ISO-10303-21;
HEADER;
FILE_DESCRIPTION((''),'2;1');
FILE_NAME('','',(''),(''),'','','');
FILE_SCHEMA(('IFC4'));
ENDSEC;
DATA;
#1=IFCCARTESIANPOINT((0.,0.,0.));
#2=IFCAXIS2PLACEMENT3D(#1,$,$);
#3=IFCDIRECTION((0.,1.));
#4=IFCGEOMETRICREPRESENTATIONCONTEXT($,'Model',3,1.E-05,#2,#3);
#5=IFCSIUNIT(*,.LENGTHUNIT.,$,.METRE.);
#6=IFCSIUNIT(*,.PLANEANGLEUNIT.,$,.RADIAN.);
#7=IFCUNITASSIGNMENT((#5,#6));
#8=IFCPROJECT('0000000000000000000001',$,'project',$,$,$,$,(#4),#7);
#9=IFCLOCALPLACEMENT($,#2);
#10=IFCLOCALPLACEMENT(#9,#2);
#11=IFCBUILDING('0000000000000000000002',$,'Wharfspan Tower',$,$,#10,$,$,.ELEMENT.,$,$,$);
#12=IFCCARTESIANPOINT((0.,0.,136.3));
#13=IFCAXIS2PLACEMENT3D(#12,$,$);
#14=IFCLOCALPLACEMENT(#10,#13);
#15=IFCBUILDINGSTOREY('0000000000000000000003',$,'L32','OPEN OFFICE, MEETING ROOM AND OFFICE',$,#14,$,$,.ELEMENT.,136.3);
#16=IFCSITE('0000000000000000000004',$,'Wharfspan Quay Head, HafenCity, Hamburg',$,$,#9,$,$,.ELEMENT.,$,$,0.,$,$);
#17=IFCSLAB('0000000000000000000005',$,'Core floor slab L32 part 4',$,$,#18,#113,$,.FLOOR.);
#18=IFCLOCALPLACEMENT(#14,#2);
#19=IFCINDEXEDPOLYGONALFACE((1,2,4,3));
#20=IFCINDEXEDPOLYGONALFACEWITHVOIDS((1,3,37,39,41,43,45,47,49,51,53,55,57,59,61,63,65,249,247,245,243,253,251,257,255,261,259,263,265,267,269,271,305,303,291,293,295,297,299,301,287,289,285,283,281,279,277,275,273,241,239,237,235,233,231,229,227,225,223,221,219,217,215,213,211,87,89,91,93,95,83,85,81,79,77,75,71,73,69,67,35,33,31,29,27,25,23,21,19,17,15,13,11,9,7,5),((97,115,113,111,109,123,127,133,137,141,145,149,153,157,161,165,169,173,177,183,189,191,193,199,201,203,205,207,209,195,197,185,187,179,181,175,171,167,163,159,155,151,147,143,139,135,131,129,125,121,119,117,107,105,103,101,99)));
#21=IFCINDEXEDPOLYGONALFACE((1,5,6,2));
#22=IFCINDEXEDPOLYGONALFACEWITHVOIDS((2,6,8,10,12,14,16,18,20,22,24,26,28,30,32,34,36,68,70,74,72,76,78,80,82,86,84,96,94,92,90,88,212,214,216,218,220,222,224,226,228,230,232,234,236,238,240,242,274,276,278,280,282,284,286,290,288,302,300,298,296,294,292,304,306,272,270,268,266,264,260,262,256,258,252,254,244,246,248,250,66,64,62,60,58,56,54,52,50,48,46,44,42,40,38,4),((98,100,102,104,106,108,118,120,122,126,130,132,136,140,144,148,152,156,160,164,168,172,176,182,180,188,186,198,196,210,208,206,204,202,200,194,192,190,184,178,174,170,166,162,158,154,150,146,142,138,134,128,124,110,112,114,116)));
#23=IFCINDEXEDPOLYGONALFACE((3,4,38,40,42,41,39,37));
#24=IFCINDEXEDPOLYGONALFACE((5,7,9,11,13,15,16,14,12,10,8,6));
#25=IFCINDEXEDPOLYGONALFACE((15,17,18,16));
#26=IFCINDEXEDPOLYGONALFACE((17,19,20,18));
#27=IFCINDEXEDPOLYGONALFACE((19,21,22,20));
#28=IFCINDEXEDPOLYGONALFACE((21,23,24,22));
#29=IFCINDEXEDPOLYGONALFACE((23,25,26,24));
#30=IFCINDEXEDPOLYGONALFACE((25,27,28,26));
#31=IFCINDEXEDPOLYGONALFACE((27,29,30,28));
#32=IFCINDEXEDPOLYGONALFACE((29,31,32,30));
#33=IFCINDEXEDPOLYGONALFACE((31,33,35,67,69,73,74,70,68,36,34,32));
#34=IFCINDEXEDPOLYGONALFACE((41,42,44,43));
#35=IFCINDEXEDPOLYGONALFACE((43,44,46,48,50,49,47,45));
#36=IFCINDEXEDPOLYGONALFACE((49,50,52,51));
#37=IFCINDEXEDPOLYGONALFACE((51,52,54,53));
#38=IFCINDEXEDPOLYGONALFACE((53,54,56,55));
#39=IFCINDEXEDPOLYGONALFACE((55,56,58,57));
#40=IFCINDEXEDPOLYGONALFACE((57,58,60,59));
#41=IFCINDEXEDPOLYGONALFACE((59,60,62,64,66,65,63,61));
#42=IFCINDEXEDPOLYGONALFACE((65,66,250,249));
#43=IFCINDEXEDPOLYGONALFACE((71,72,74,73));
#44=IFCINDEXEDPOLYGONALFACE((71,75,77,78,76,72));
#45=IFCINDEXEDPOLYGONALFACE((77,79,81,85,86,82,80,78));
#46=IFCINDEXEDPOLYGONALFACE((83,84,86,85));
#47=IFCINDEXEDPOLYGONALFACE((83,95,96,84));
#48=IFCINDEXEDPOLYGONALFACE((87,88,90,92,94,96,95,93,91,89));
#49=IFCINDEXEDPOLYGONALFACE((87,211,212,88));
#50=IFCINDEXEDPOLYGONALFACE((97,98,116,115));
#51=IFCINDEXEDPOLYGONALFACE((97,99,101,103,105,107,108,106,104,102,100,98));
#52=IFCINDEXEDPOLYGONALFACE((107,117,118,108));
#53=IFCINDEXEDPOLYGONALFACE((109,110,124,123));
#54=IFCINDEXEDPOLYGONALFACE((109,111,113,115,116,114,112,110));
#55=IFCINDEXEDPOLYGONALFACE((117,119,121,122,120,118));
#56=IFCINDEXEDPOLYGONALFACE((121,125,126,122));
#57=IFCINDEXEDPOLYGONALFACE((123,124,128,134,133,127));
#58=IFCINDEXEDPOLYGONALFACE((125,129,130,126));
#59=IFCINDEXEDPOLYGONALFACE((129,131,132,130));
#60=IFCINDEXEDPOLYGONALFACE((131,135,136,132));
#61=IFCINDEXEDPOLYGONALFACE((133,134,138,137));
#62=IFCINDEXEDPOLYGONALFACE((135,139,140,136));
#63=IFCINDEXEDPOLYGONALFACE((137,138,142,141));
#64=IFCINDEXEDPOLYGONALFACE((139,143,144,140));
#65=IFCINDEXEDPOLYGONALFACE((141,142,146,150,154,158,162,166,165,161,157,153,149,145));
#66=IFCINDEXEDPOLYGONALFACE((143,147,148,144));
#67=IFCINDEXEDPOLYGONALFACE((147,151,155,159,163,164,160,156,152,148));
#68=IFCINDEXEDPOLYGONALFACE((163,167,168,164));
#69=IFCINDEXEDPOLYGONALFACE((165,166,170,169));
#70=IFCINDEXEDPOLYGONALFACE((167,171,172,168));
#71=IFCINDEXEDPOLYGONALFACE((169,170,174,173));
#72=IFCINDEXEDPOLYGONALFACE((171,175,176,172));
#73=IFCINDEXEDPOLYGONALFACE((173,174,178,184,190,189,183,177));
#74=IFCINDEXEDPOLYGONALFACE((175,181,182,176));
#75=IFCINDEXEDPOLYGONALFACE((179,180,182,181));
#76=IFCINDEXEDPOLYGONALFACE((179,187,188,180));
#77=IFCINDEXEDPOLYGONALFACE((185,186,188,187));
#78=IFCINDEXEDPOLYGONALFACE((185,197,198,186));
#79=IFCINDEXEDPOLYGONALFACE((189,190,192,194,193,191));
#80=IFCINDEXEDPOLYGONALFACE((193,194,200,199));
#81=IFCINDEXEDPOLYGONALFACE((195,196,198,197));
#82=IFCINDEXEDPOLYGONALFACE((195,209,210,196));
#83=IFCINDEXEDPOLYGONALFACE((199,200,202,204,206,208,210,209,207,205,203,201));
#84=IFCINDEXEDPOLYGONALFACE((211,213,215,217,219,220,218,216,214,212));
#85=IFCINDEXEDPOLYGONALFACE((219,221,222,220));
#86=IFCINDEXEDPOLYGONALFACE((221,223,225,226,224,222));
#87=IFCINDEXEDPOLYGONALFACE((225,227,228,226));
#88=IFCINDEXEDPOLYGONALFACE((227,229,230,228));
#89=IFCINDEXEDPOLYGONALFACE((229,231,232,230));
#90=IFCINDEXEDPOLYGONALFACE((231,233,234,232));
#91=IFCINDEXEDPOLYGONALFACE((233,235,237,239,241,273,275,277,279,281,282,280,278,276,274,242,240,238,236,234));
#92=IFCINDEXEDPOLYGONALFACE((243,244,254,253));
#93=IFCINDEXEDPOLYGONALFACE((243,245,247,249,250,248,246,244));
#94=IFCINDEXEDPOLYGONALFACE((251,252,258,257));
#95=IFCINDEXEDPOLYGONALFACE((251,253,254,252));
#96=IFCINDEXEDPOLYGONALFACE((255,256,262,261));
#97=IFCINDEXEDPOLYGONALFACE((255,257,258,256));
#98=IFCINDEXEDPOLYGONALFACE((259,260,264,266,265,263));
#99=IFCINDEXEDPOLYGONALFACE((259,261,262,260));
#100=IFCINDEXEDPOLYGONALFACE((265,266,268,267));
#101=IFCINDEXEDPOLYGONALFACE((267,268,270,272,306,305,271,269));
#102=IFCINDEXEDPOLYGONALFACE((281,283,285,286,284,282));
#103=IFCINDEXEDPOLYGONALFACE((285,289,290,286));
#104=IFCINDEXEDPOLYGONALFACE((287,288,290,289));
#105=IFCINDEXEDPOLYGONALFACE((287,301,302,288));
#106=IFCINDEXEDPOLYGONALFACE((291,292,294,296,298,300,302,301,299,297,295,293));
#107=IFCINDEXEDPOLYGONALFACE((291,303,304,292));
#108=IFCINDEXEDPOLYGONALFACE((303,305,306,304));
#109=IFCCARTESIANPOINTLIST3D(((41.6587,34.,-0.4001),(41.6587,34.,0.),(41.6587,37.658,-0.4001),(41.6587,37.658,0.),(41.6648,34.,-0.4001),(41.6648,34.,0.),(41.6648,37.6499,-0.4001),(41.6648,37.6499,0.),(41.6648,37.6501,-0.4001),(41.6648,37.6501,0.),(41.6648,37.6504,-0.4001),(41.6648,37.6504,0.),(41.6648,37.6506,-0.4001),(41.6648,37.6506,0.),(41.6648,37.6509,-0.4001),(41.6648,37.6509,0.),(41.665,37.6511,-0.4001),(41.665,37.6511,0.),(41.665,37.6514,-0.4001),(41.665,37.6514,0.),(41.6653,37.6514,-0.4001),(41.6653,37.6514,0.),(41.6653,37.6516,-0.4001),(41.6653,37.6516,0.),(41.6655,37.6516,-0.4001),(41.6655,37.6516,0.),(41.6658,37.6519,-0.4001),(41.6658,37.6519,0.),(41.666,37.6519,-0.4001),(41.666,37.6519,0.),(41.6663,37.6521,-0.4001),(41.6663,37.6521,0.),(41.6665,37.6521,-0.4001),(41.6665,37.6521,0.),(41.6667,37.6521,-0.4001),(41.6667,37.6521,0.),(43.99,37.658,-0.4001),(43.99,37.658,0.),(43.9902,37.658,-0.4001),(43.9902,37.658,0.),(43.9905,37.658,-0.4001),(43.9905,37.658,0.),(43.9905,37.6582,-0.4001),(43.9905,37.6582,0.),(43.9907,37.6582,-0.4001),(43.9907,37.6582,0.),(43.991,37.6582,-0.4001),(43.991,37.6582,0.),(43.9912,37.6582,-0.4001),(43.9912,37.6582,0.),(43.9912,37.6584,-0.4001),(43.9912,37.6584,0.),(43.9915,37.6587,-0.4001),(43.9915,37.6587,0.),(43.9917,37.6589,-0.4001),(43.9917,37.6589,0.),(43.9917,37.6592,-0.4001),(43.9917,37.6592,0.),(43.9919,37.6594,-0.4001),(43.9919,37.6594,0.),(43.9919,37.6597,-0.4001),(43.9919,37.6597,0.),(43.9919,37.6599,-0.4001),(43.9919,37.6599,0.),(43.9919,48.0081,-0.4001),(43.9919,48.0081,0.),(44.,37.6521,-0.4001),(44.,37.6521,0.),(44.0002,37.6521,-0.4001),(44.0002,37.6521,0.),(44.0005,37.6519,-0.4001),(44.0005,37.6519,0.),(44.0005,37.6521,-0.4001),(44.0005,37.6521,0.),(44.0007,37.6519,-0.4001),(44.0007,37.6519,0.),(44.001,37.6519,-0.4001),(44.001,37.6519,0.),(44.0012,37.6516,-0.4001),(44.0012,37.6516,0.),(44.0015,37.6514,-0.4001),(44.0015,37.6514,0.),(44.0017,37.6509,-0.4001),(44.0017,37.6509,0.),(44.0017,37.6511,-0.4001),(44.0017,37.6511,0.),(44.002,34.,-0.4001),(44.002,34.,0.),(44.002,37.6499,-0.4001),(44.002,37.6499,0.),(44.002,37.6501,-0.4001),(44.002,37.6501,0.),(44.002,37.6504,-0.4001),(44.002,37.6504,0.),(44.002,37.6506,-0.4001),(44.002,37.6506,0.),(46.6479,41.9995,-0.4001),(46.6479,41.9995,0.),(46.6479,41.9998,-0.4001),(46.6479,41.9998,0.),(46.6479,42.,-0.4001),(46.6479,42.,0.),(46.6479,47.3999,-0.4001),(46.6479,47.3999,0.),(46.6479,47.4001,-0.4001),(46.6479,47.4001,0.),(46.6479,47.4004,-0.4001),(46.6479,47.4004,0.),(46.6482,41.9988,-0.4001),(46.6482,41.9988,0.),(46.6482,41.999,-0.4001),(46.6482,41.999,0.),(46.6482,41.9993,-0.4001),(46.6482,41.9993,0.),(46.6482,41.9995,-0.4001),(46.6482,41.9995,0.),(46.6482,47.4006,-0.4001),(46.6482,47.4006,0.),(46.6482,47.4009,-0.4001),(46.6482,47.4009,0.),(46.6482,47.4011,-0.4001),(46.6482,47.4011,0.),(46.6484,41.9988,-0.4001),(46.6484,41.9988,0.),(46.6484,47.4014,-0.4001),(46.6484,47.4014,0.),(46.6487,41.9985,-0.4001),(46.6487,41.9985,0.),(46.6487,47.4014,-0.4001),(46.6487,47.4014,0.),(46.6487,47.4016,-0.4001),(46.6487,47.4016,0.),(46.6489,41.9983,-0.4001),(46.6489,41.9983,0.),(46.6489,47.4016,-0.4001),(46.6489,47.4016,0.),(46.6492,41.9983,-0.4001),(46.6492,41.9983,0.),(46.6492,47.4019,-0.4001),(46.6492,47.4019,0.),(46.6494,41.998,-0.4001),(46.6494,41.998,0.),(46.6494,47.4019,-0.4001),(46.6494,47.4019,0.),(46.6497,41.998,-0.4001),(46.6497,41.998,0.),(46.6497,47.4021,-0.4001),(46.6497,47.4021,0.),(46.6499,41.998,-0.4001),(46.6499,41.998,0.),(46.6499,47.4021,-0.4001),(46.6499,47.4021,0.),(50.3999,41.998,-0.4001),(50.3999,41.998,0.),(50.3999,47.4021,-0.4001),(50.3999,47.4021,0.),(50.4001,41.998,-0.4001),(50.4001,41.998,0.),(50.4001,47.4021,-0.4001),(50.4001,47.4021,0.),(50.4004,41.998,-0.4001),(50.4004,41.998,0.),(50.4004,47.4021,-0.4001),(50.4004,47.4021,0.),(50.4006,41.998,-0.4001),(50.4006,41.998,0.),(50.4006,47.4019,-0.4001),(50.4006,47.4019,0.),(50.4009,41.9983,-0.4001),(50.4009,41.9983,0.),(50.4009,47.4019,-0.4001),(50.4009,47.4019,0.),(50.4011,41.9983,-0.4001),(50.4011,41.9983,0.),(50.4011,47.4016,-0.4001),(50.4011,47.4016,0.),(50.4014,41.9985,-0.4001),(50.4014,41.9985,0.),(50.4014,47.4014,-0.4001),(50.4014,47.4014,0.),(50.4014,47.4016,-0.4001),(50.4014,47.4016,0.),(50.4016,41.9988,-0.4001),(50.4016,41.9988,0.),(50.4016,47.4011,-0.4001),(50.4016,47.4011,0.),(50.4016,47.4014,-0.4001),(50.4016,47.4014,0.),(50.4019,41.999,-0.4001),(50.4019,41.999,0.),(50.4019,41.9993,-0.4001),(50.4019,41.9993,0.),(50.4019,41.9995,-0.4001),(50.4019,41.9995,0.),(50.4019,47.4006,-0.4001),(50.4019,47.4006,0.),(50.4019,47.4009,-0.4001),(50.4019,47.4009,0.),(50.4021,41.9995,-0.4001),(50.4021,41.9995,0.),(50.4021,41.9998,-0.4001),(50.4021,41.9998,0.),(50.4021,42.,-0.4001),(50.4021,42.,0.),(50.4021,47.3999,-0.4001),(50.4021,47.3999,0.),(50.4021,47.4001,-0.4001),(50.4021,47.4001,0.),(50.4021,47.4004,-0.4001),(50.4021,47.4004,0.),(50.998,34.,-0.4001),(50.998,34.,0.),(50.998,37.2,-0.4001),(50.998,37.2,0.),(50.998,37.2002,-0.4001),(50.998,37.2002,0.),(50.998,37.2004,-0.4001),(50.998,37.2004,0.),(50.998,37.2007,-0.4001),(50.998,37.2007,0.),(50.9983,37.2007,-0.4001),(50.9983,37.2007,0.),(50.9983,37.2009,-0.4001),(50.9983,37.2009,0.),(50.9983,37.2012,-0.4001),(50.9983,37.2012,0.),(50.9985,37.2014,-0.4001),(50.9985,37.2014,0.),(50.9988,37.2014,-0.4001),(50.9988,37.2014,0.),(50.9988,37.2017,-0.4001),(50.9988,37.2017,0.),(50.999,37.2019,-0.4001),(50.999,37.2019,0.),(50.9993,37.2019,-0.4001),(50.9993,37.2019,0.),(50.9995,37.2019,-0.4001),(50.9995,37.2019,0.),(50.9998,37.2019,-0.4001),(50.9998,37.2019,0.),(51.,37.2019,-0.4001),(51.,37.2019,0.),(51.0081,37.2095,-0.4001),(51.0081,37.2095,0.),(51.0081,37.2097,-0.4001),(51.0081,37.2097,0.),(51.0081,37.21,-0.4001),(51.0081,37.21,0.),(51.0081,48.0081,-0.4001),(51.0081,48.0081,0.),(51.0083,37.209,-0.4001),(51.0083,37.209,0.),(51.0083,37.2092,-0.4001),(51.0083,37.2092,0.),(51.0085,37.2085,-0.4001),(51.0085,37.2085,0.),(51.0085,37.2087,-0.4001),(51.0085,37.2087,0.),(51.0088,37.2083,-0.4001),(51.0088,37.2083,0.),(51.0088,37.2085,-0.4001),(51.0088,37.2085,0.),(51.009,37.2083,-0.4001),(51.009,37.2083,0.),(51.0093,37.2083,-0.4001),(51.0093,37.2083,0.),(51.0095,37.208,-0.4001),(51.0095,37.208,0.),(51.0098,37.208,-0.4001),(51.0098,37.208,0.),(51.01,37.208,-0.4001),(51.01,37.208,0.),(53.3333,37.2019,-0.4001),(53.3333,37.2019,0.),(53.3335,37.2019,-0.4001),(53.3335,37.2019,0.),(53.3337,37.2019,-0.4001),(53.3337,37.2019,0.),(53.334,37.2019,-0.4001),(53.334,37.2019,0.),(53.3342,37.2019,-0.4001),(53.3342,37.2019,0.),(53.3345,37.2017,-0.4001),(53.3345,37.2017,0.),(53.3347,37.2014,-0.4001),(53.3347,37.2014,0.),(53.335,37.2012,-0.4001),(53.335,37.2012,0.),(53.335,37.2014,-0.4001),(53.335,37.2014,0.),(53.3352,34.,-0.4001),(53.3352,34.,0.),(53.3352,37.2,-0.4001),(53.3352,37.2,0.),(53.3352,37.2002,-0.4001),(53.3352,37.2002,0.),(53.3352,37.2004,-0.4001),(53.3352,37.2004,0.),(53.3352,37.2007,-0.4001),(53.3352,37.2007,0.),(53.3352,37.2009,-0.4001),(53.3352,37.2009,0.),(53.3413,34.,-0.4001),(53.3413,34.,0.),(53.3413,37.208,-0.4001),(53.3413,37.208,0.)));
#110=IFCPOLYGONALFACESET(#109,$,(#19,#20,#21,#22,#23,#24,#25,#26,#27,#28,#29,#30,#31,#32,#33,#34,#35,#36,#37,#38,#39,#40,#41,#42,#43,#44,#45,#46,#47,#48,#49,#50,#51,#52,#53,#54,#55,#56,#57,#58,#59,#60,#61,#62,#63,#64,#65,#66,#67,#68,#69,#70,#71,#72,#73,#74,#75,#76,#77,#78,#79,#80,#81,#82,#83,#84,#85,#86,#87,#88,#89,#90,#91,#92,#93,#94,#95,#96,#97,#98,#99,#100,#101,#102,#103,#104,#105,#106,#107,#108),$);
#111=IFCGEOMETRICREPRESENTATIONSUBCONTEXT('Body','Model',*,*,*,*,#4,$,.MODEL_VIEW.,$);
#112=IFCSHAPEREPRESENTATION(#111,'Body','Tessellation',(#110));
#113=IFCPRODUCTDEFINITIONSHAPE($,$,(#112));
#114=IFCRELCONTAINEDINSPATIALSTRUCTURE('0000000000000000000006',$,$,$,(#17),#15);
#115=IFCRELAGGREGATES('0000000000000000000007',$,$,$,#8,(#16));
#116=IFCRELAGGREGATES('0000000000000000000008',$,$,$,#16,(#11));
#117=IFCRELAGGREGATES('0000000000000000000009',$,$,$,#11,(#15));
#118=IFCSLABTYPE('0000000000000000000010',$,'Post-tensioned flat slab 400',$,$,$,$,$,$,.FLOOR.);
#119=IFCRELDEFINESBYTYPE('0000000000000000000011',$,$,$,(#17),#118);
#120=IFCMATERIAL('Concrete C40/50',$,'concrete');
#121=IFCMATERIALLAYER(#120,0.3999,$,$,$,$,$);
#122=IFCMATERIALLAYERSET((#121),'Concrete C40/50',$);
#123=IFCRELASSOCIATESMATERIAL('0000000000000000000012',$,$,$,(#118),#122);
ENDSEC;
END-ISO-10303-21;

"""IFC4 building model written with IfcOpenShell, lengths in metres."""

from ifc_helpers import new_model, si_unit, direction, frame, origin, place, context, subcontext, project, spatial, polyline, outline, extrude, material, layer, layer_set, type_object, element, save


model = new_model("IFC4")

# Units and contexts
model_context = context("Model", 3, precision=1e-05, world=origin(), true_north=direction((0.0, 1.0)))
body_context = subcontext(model_context, "Body", "Model", "MODEL_VIEW")
ifc_project = project(units=[si_unit("LENGTHUNIT", "METRE"), si_unit("PLANEANGLEUNIT", "RADIAN")], contexts=[model_context])

# Site, building, storey
site_placement = place(None, origin())
site = spatial("IfcSite", under=ifc_project, at=site_placement, Name="Wharfspan Quay Head, HafenCity, Hamburg", CompositionType="ELEMENT", RefElevation=0.0)
building_placement = place(site_placement, origin())
building = spatial("IfcBuilding", under=site, at=building_placement, Name="Wharfspan Tower", CompositionType="ELEMENT")
storey_placement = place(building_placement, frame((0.0, 0.0, 136.3)))
storey = spatial("IfcBuildingStorey", under=building, at=storey_placement, Name="L32", Description="OPEN OFFICE, MEETING ROOM AND OFFICE", CompositionType="ELEMENT", Elevation=136.3)

# Slab
ifc_material_1 = material(Name="Concrete C40/50", Category="concrete")
ifc_layer_1 = layer(ifc_material_1, 0.3999)
ifc_layer_set_1 = layer_set([ifc_layer_1], Name="Concrete C40/50")
slab_type = type_object("IfcSlabType", Name="Post-tensioned flat slab 400", PredefinedType="FLOOR", material=ifc_layer_set_1)
slab_1_placement = place(storey_placement, frame((0.0, 0.0, -0.4001)))
element("IfcSlab", 1, at=slab_1_placement, inside=storey, type_object=slab_type, Name="Core floor slab L32 part 4", PredefinedType="FLOOR", context=body_context, shape_type="SweptSolid", body=[
    extrude(outline(polyline([(53.3413, 34.0), (53.3413, 37.208), (51.01, 37.208), (51.0098, 37.208), (51.0095, 37.208), (51.0095, 37.208), (51.0093, 37.2083), (51.009, 37.2083), (51.0088, 37.2083), (51.0088, 37.2085), (51.0085, 37.2085), (51.0085, 37.2087), (51.0083, 37.209), (51.0083, 37.209), (51.0083, 37.2092), (51.0081, 37.2095), (51.0081, 37.2097), (51.0081, 37.2097), (51.0081, 37.21), (51.0081, 48.0081), (43.9919, 48.0081), (43.9919, 37.6599), (43.9919, 37.6599), (43.9919, 37.6597), (43.9919, 37.6594), (43.9917, 37.6592), (43.9917, 37.6592), (43.9917, 37.6589), (43.9915, 37.6587), (43.9915, 37.6587), (43.9912, 37.6584), (43.9912, 37.6582), (43.991, 37.6582), (43.9907, 37.6582), (43.9905, 37.6582), (43.9905, 37.658), (43.9902, 37.658), (43.99, 37.658), (41.6587, 37.658), (41.6587, 34.0), (41.6648, 34.0), (41.6648, 37.6499), (41.6648, 37.6501), (41.6648, 37.6504), (41.6648, 37.6506), (41.6648, 37.6509), (41.6648, 37.6509), (41.665, 37.6511), (41.665, 37.6514), (41.6653, 37.6514), (41.6653, 37.6516), (41.6655, 37.6516), (41.6658, 37.6519), (41.666, 37.6519), (41.666, 37.6519), (41.6663, 37.6521), (41.6665, 37.6521), (41.6667, 37.6521), (44.0, 37.6521), (44.0002, 37.6521), (44.0005, 37.6521), (44.0005, 37.6519), (44.0007, 37.6519), (44.001, 37.6519), (44.0012, 37.6516), (44.0012, 37.6516), (44.0015, 37.6514), (44.0015, 37.6514), (44.0017, 37.6511), (44.0017, 37.6509), (44.0017, 37.6509), (44.002, 37.6506), (44.002, 37.6504), (44.002, 37.6501), (44.002, 37.6499), (44.002, 34.0), (50.998, 34.0), (50.998, 37.2), (50.998, 37.2002), (50.998, 37.2004), (50.998, 37.2007), (50.9983, 37.2007), (50.9983, 37.2009), (50.9983, 37.2012), (50.9985, 37.2014), (50.9985, 37.2014), (50.9988, 37.2014), (50.9988, 37.2017), (50.999, 37.2019), (50.9993, 37.2019), (50.9995, 37.2019), (50.9995, 37.2019), (50.9998, 37.2019), (51.0, 37.2019), (53.3333, 37.2019), (53.3335, 37.2019), (53.3337, 37.2019), (53.334, 37.2019), (53.334, 37.2019), (53.3342, 37.2019), (53.3345, 37.2017), (53.3347, 37.2014), (53.3347, 37.2014), (53.335, 37.2014), (53.335, 37.2012), (53.3352, 37.2009), (53.3352, 37.2007), (53.3352, 37.2007), (53.3352, 37.2004), (53.3352, 37.2002), (53.3352, 37.2), (53.3352, 34.0), (53.3413, 34.0)]), holes=[polyline([(50.4021, 42.0), (50.4021, 41.9998), (50.4021, 41.9995), (50.4019, 41.9995), (50.4019, 41.9993), (50.4019, 41.999), (50.4016, 41.9988), (50.4016, 41.9988), (50.4014, 41.9985), (50.4014, 41.9985), (50.4011, 41.9983), (50.4009, 41.9983), (50.4009, 41.9983), (50.4006, 41.998), (50.4004, 41.998), (50.4001, 41.998), (50.3999, 41.998), (46.6499, 41.998), (46.6499, 41.998), (46.6497, 41.998), (46.6494, 41.998), (46.6492, 41.9983), (46.6492, 41.9983), (46.6489, 41.9983), (46.6487, 41.9985), (46.6487, 41.9985), (46.6484, 41.9988), (46.6482, 41.9988), (46.6482, 41.999), (46.6482, 41.9993), (46.6482, 41.9995), (46.6479, 41.9995), (46.6479, 41.9998), (46.6479, 42.0), (46.6479, 47.3999), (46.6479, 47.4001), (46.6479, 47.4004), (46.6482, 47.4006), (46.6482, 47.4009), (46.6482, 47.4009), (46.6482, 47.4011), (46.6484, 47.4014), (46.6487, 47.4014), (46.6487, 47.4016), (46.6489, 47.4016), (46.6492, 47.4019), (46.6492, 47.4019), (46.6494, 47.4019), (46.6497, 47.4021), (46.6499, 47.4021), (46.6499, 47.4021), (50.3999, 47.4021), (50.4001, 47.4021), (50.4004, 47.4021), (50.4006, 47.4019), (50.4009, 47.4019), (50.4009, 47.4019), (50.4011, 47.4016), (50.4014, 47.4016), (50.4014, 47.4014), (50.4016, 47.4014), (50.4016, 47.4011), (50.4019, 47.4009), (50.4019, 47.4009), (50.4019, 47.4006), (50.4021, 47.4004), (50.4021, 47.4001), (50.4021, 47.3999), (50.4021, 42.0)])]), origin(), (0.0, 0.0, 1.0), 0.4001),
])

save(model, "model.ifc")
